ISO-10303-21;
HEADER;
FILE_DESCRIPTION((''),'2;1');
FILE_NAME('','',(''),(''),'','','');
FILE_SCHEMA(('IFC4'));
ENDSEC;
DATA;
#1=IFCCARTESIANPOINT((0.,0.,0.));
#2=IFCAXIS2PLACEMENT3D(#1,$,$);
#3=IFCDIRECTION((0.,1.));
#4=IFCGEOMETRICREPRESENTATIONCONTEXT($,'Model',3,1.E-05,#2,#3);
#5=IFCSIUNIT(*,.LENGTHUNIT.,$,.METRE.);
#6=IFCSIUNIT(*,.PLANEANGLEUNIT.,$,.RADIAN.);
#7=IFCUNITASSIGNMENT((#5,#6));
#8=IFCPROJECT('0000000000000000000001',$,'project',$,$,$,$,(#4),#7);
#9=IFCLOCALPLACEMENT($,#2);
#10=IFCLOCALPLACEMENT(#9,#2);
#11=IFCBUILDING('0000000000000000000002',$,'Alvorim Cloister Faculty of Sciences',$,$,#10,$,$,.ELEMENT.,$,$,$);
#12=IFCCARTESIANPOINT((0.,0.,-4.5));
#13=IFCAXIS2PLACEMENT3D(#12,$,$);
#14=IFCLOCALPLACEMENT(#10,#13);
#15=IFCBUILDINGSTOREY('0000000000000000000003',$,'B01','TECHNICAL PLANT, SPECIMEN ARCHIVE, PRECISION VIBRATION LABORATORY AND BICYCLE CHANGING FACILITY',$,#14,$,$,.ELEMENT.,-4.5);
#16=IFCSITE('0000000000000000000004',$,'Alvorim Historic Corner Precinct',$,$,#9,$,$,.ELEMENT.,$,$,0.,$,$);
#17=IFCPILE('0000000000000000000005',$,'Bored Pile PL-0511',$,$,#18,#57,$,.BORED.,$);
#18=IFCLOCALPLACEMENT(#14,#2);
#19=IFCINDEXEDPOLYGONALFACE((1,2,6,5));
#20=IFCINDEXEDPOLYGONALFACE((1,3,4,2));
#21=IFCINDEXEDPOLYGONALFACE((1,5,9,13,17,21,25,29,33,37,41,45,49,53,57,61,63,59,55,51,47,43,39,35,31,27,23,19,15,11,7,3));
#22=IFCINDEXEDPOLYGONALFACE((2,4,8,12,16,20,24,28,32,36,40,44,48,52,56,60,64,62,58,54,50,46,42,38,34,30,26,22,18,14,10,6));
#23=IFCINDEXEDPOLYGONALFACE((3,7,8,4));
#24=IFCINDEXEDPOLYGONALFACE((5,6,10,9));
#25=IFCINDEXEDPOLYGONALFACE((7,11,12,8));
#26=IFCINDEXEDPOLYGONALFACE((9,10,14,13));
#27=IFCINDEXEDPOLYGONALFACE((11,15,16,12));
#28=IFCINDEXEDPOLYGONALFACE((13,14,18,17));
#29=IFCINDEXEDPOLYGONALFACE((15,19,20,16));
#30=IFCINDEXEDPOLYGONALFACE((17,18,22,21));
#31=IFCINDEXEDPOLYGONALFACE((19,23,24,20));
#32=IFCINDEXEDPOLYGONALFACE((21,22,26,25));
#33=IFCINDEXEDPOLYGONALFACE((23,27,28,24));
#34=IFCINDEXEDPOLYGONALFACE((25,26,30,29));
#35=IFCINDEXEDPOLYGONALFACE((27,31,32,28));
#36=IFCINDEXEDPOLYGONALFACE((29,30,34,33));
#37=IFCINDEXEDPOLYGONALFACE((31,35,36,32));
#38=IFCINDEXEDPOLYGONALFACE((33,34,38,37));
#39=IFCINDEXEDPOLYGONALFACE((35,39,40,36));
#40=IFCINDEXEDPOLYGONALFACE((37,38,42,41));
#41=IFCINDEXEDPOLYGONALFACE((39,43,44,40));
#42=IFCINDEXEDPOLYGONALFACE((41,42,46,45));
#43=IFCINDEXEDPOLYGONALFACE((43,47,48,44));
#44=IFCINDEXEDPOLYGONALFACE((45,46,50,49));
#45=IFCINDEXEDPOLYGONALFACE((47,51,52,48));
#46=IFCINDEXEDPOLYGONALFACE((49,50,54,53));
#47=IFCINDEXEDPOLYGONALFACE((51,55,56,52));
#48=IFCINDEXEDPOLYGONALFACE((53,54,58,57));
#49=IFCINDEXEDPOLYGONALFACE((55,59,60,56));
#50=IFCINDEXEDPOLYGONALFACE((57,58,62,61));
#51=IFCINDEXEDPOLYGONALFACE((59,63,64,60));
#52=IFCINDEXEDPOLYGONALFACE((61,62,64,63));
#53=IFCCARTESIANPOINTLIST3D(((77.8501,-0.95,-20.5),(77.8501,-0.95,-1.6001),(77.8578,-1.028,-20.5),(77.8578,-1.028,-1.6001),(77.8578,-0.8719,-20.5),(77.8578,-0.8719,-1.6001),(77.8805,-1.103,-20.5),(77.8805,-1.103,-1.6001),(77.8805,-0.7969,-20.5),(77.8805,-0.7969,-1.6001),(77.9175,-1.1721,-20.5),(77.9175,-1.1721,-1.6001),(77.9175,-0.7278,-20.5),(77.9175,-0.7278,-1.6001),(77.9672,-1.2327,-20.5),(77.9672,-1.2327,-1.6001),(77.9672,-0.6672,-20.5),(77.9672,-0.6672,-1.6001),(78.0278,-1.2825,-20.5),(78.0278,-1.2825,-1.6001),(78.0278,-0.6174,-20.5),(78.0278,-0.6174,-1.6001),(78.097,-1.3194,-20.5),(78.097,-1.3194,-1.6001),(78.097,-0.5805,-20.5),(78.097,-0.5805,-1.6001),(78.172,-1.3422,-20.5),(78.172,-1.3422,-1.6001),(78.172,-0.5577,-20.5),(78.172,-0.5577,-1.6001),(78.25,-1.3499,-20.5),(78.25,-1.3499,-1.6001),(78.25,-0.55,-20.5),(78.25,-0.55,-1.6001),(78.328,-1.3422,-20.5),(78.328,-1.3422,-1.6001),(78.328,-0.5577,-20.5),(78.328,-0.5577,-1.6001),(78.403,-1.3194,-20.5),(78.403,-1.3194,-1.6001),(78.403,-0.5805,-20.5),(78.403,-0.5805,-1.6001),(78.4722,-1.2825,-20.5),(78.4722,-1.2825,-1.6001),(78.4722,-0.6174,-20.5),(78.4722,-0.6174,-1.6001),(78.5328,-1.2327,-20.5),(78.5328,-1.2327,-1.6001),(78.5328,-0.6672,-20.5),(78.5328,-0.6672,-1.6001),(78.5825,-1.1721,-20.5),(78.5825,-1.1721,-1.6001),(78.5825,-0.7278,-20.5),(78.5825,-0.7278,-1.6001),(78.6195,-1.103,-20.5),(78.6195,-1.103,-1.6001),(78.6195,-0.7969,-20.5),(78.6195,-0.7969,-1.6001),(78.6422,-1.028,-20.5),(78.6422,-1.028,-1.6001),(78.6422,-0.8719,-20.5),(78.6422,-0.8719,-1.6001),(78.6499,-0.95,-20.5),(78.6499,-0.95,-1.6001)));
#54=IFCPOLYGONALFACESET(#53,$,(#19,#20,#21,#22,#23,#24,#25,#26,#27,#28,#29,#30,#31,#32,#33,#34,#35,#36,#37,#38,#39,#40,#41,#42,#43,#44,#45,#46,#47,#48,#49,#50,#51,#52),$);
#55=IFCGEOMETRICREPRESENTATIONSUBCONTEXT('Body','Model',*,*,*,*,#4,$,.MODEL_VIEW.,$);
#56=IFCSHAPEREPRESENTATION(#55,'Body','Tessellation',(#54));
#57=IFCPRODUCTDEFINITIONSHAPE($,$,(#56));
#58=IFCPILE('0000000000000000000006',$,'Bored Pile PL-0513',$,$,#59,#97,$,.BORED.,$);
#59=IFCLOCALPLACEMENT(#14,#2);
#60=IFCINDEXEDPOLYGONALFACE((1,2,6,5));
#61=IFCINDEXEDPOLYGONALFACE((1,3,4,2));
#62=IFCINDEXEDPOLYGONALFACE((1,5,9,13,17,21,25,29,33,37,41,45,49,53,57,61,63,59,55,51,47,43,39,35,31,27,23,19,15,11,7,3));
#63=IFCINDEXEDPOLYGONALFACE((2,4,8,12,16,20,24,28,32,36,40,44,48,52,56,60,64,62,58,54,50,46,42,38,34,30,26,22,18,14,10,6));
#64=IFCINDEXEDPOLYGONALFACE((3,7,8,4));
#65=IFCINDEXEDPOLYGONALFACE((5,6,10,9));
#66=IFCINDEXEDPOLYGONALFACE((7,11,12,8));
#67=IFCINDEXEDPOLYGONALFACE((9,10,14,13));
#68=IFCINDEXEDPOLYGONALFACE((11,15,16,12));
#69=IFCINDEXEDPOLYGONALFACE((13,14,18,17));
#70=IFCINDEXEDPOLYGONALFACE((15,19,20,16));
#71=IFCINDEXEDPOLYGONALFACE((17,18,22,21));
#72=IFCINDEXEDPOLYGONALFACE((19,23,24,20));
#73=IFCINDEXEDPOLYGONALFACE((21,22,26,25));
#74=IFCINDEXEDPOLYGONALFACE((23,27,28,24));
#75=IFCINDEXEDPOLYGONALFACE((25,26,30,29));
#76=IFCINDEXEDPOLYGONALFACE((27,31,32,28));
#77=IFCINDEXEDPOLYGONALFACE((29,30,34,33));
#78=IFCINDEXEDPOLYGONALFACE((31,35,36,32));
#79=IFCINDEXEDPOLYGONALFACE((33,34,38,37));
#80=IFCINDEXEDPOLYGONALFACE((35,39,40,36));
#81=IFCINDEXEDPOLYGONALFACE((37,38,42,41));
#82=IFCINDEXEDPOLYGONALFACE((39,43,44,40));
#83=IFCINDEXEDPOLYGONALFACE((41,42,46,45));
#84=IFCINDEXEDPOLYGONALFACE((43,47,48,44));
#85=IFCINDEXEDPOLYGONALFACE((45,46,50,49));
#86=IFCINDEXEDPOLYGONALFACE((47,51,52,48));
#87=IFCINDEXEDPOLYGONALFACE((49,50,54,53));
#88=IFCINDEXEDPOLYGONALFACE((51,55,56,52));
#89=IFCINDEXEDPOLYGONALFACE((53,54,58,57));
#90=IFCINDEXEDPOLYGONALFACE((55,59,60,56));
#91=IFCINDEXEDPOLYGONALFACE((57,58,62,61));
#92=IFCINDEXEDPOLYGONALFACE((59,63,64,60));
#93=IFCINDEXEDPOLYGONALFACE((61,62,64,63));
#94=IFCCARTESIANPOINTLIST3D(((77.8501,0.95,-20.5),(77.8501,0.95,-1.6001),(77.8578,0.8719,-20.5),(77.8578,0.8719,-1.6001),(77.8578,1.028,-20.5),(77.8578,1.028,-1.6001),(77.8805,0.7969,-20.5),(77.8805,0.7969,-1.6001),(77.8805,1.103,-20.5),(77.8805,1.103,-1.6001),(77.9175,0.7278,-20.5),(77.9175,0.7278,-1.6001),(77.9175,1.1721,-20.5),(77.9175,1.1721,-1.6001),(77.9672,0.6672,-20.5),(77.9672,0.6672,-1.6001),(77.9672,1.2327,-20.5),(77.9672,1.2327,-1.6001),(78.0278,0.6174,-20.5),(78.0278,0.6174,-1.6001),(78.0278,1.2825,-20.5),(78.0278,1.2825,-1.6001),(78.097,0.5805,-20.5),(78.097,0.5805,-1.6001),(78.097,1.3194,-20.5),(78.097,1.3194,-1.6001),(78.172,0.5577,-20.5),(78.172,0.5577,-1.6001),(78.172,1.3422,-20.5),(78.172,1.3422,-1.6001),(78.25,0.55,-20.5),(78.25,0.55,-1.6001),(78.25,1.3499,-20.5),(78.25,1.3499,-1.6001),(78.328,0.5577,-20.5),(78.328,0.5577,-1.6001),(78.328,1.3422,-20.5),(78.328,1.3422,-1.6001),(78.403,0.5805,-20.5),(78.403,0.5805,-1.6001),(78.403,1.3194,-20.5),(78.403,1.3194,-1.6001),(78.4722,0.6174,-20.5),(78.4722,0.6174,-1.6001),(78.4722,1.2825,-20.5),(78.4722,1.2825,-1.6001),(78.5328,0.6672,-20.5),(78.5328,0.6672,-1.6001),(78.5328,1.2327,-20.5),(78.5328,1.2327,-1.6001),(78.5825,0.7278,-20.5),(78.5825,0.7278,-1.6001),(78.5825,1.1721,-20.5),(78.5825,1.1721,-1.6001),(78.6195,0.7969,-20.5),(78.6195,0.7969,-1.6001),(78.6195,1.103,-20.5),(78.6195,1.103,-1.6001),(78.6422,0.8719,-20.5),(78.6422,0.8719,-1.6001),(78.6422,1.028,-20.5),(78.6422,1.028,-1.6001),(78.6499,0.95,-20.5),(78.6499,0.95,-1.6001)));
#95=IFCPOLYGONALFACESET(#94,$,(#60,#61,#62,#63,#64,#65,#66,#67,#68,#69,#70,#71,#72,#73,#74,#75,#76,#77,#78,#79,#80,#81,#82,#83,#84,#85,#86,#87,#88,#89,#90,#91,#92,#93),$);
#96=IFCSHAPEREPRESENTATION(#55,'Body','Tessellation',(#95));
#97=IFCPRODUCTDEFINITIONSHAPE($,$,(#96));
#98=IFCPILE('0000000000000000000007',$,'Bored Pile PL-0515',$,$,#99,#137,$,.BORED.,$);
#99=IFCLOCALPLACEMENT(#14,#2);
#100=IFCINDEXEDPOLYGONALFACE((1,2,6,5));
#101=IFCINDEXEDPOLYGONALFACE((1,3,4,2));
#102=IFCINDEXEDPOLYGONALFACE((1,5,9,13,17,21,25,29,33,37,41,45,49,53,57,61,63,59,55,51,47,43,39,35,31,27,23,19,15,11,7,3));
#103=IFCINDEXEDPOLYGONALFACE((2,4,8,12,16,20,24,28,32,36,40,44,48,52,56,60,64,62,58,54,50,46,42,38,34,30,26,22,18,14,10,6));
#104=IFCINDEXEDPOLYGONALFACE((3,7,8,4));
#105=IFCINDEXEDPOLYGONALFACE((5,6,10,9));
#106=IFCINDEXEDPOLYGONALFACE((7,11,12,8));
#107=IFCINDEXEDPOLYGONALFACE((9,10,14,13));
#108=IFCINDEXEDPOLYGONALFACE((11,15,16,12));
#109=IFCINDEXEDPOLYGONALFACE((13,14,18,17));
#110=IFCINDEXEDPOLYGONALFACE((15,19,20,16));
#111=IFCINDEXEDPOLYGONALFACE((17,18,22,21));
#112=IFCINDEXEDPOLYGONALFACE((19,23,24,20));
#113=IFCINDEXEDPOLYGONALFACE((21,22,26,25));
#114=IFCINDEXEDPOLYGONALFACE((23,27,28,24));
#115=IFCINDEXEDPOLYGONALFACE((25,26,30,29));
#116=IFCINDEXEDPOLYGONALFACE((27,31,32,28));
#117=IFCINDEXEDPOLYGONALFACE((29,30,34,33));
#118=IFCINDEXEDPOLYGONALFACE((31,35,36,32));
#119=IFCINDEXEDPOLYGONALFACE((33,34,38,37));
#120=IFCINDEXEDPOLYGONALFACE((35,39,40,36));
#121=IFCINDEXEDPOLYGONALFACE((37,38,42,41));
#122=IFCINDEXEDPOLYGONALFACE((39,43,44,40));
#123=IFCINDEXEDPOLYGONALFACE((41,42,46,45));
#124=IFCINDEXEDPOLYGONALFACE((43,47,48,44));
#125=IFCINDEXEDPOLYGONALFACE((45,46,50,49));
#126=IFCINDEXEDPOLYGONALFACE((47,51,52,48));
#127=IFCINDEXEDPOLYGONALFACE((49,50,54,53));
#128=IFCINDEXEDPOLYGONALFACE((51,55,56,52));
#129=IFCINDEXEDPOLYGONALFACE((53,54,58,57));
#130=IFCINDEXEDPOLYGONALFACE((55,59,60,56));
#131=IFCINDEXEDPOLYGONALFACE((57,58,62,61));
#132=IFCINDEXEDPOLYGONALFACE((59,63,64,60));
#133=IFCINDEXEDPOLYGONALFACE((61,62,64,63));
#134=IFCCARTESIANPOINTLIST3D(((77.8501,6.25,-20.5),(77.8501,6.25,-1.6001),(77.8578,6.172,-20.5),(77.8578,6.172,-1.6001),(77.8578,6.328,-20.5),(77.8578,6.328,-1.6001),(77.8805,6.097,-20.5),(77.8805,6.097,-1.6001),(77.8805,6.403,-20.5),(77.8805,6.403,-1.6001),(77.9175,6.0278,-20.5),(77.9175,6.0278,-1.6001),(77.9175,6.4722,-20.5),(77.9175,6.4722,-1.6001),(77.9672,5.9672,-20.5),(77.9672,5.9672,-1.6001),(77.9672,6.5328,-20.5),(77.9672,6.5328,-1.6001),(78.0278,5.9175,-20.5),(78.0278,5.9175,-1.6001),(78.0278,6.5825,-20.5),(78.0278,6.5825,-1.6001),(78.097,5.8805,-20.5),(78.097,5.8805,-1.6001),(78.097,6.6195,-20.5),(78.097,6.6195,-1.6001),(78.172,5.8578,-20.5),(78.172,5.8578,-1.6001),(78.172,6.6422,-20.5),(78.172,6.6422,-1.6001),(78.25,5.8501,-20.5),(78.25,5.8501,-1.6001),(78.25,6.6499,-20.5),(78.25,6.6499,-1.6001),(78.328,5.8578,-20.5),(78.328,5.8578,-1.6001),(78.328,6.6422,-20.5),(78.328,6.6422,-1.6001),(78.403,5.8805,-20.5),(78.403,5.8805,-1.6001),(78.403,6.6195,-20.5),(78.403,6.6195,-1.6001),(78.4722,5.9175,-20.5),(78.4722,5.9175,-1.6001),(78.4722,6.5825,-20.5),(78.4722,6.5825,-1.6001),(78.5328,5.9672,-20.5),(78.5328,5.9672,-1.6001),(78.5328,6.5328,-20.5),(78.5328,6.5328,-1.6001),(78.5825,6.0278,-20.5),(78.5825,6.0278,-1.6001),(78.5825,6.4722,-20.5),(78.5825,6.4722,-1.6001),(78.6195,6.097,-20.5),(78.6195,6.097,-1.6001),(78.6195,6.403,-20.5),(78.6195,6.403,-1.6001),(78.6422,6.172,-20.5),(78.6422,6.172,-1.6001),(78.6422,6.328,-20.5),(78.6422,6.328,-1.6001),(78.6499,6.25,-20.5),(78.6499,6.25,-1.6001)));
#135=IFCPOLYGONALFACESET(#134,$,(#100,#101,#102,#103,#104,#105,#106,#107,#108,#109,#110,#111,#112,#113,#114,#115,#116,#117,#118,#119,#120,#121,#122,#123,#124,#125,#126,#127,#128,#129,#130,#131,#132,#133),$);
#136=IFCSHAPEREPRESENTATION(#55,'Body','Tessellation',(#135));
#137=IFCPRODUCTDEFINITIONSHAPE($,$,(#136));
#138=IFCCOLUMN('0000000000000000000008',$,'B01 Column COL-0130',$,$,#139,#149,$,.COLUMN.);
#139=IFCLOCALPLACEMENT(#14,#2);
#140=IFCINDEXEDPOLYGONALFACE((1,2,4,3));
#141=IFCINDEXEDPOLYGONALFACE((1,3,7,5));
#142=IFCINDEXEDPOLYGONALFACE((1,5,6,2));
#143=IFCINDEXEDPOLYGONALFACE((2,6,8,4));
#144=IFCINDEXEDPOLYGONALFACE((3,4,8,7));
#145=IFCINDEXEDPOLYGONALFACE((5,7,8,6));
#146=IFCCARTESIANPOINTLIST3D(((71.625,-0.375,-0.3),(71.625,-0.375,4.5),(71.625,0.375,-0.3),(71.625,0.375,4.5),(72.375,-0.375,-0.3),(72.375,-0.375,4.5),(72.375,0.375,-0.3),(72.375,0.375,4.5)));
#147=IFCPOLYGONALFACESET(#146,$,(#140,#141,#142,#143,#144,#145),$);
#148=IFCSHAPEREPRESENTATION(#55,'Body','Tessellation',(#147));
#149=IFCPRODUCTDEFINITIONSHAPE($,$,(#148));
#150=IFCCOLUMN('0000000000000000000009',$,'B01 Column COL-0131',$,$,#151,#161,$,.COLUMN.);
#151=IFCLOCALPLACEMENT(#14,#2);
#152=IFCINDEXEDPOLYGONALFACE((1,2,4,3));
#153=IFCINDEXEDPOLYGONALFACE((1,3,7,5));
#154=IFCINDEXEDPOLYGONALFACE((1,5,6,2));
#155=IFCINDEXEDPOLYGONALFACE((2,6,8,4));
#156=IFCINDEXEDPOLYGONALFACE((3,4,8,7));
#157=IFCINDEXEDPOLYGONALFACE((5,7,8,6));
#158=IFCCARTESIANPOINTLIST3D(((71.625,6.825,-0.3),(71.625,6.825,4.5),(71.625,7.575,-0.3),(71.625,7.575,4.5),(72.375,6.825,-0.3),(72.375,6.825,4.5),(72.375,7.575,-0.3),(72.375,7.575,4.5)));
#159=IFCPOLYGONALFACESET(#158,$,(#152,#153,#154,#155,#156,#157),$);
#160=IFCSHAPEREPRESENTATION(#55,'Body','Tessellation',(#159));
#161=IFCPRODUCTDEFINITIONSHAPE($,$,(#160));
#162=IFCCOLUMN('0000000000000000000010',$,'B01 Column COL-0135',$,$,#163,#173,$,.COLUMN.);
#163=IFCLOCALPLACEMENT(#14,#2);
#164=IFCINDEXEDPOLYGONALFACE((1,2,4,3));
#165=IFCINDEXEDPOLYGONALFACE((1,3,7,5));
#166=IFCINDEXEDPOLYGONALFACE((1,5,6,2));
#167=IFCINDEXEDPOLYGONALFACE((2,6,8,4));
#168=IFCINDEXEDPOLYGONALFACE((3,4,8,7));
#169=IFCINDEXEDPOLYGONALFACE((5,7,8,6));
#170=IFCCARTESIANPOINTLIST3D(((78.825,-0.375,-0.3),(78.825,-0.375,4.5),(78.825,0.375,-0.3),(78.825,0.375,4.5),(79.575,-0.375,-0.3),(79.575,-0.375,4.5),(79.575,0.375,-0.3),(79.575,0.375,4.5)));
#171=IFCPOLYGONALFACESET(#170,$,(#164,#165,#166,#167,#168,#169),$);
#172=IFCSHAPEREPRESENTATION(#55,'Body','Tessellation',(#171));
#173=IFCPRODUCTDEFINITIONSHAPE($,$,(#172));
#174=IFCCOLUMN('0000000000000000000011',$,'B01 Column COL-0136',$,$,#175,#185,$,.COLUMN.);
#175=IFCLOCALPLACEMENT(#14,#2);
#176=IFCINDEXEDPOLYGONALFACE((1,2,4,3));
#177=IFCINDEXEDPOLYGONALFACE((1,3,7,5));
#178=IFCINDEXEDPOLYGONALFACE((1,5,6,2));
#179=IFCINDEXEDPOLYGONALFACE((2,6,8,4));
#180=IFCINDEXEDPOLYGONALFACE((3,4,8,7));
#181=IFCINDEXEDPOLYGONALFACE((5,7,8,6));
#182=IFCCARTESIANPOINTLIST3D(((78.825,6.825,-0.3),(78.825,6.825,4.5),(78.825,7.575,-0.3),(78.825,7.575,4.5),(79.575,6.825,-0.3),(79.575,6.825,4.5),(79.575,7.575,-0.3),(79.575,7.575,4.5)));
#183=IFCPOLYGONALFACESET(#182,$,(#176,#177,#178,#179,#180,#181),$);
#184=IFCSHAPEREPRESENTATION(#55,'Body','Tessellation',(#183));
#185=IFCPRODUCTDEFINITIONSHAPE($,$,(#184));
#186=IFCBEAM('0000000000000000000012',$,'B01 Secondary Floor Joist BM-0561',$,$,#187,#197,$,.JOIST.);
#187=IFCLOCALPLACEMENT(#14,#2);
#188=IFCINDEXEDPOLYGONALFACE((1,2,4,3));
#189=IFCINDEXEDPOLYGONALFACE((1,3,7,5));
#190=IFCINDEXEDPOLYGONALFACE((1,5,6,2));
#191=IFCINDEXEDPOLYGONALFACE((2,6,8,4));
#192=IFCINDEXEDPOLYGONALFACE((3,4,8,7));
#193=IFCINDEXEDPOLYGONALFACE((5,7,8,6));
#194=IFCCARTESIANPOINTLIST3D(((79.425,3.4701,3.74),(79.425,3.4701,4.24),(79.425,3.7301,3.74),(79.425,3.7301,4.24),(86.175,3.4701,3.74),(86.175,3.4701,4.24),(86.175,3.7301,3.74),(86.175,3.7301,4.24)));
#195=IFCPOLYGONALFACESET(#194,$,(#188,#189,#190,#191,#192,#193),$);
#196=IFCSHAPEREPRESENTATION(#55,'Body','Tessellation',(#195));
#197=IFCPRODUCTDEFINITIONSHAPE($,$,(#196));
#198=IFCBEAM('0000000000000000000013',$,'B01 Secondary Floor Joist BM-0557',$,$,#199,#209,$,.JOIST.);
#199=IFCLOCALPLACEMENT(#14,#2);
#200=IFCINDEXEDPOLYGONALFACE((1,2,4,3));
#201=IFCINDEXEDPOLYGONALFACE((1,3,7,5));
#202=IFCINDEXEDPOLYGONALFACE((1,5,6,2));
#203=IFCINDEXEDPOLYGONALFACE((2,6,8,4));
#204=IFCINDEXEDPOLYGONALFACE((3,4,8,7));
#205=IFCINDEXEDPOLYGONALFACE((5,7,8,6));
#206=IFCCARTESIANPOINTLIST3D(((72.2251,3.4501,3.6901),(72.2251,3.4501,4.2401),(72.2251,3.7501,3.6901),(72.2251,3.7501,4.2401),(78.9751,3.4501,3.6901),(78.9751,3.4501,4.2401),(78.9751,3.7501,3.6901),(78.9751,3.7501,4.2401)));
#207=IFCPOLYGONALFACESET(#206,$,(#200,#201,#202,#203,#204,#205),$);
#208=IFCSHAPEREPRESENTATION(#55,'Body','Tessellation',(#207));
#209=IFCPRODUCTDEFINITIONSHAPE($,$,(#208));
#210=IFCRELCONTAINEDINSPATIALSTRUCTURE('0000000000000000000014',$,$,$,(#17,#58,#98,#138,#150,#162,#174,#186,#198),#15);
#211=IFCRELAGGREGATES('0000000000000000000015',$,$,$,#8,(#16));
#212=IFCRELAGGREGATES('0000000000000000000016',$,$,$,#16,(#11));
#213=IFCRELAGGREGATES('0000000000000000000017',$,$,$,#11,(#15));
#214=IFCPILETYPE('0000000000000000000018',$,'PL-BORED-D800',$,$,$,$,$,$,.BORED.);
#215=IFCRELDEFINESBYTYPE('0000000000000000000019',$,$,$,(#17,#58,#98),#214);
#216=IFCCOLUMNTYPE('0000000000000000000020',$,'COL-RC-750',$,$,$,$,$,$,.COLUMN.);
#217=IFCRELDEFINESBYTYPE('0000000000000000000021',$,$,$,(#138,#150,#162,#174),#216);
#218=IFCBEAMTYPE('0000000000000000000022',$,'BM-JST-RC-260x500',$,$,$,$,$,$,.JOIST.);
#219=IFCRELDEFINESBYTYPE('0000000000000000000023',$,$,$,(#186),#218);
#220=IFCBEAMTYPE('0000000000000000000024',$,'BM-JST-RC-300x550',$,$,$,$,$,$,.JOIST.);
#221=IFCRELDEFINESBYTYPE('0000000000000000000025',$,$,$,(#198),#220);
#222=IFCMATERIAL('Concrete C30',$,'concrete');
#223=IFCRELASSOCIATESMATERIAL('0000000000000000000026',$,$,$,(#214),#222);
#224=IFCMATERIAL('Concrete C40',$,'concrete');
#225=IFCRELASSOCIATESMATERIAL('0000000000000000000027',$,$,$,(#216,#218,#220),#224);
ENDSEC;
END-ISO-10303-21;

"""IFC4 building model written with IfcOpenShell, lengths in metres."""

from ifc_helpers import new_model, si_unit, direction, frame, origin, origin_2d, place, context, subcontext, project, spatial, rectangle, circle, extrude, material, material_profile, profile_set, type_object, element, save


model = new_model("IFC4")

# Units and contexts
model_context = context("Model", 3, precision=1e-05, world=origin(), true_north=direction((0.0, 1.0)))
body_context = subcontext(model_context, "Body", "Model", "MODEL_VIEW")
ifc_project = project(units=[si_unit("LENGTHUNIT", "METRE"), si_unit("PLANEANGLEUNIT", "RADIAN")], contexts=[model_context])

# Site, building, storey
site_placement = place(None, origin())
site = spatial("IfcSite", under=ifc_project, at=site_placement, Name="Alvorim Historic Corner Precinct", CompositionType="ELEMENT", RefElevation=0.0)
building_placement = place(site_placement, origin())
building = spatial("IfcBuilding", under=site, at=building_placement, Name="Alvorim Cloister Faculty of Sciences", CompositionType="ELEMENT")
storey_placement = place(building_placement, frame((0.0, 0.0, -4.5)))
storey = spatial("IfcBuildingStorey", under=building, at=storey_placement, Name="B01", Description="TECHNICAL PLANT, SPECIMEN ARCHIVE, PRECISION VIBRATION LABORATORY AND BICYCLE CHANGING FACILITY", CompositionType="ELEMENT", Elevation=-4.5)

# Shared definitions
ifc_material_1 = material(Name="Concrete C40", Category="concrete")

# Piles
ifc_material_2 = material(Name="Concrete C30", Category="concrete")
ifc_material_profile_1 = material_profile(ifc_material_2, circle(Radius=0.3999, at=origin_2d()), Name="PILE-D800")
ifc_profile_set_1 = profile_set([ifc_material_profile_1], Name="Concrete C30")
pile_type = type_object("IfcPileType", Name="PL-BORED-D800", PredefinedType="BORED", material=ifc_profile_set_1)
for number, where, z_axis, x_axis, name in (
    (1, (78.25, -0.95, -1.6001), (0.0, 0.0, -1.0), (1.0, 0.0, 0.0), "Bored Pile PL-0511"),
    (2, (78.25, 0.95, -1.6001), (0.0, 0.0, -1.0), (1.0, 0.0, 0.0), "Bored Pile PL-0513"),
    (3, (78.25, 6.25, -1.6001), (0.0, 0.0, -1.0), (1.0, 0.0, 0.0), "Bored Pile PL-0515"),
):
    element("IfcPile", number, at=place(storey_placement, frame(where, z_axis=z_axis, x_axis=x_axis)), inside=storey, type_object=pile_type, Name=name, PredefinedType="BORED", context=body_context, shape_type="SweptSolid", body=[
        extrude(circle(Radius=0.3999, at=origin_2d()), origin(), (0.0, 0.0, 1.0), 18.8999),
    ])

# Columns
ifc_material_profile_2 = material_profile(ifc_material_1, rectangle(XDim=0.75, YDim=0.75, at=origin_2d()), Name="RC40-COL-750x750")
ifc_profile_set_2 = profile_set([ifc_material_profile_2], Name="Concrete C40")
column_type = type_object("IfcColumnType", Name="COL-RC-750", PredefinedType="COLUMN", material=ifc_profile_set_2)
for number, where, z_axis, x_axis, name in (
    (4, (72.0, 0.0, -0.3), (0.0, 0.0, 1.0), (1.0, 0.0, 0.0), "B01 Column COL-0130"),
    (5, (72.0, 7.2, -0.3), (0.0, 0.0, 1.0), (1.0, 0.0, 0.0), "B01 Column COL-0131"),
    (6, (79.2, 0.0, -0.3), (0.0, 0.0, 1.0), (1.0, 0.0, 0.0), "B01 Column COL-0135"),
    (7, (79.2, 7.2, -0.3), (0.0, 0.0, 1.0), (1.0, 0.0, 0.0), "B01 Column COL-0136"),
):
    element("IfcColumn", number, at=place(storey_placement, frame(where, z_axis=z_axis, x_axis=x_axis)), inside=storey, type_object=column_type, Name=name, PredefinedType="COLUMN", context=body_context, shape_type="SweptSolid", body=[
        extrude(rectangle(XDim=0.75, YDim=0.75, at=origin_2d()), origin(), (0.0, 0.0, 1.0), 4.8),
    ])

# Beams
ifc_material_profile_3 = material_profile(ifc_material_1, rectangle(XDim=0.26, YDim=0.5, at=origin_2d()), Name="RC40-JST-260x500")
ifc_profile_set_3 = profile_set([ifc_material_profile_3], Name="Concrete C40")
beam_type_1 = type_object("IfcBeamType", Name="BM-JST-RC-260x500", PredefinedType="JOIST", material=ifc_profile_set_3)
beam_1_placement = place(storey_placement, frame((79.425, 3.6001, 3.99), z_axis=(1.0, 0.0, 0.0), x_axis=(0.0, 1.0, 0.0)))
element("IfcBeam", 8, at=beam_1_placement, inside=storey, type_object=beam_type_1, Name="B01 Secondary Floor Joist BM-0561", PredefinedType="JOIST", context=body_context, shape_type="SweptSolid", body=[
    extrude(rectangle(XDim=0.26, YDim=0.5, at=origin_2d()), origin(), (0.0, 0.0, 1.0), 6.75),
])
ifc_material_profile_4 = material_profile(ifc_material_1, rectangle(XDim=0.3, YDim=0.55, at=origin_2d()), Name="RC40-JST-300x550")
ifc_profile_set_4 = profile_set([ifc_material_profile_4], Name="Concrete C40")
beam_type_2 = type_object("IfcBeamType", Name="BM-JST-RC-300x550", PredefinedType="JOIST", material=ifc_profile_set_4)
beam_2_placement = place(storey_placement, frame((72.2251, 3.6001, 3.9651), z_axis=(1.0, 0.0, 0.0), x_axis=(0.0, 1.0, 0.0)))
element("IfcBeam", 9, at=beam_2_placement, inside=storey, type_object=beam_type_2, Name="B01 Secondary Floor Joist BM-0557", PredefinedType="JOIST", context=body_context, shape_type="SweptSolid", body=[
    extrude(rectangle(XDim=0.3, YDim=0.55, at=origin_2d()), origin(), (0.0, 0.0, 1.0), 6.75),
])

save(model, "model.ifc")
